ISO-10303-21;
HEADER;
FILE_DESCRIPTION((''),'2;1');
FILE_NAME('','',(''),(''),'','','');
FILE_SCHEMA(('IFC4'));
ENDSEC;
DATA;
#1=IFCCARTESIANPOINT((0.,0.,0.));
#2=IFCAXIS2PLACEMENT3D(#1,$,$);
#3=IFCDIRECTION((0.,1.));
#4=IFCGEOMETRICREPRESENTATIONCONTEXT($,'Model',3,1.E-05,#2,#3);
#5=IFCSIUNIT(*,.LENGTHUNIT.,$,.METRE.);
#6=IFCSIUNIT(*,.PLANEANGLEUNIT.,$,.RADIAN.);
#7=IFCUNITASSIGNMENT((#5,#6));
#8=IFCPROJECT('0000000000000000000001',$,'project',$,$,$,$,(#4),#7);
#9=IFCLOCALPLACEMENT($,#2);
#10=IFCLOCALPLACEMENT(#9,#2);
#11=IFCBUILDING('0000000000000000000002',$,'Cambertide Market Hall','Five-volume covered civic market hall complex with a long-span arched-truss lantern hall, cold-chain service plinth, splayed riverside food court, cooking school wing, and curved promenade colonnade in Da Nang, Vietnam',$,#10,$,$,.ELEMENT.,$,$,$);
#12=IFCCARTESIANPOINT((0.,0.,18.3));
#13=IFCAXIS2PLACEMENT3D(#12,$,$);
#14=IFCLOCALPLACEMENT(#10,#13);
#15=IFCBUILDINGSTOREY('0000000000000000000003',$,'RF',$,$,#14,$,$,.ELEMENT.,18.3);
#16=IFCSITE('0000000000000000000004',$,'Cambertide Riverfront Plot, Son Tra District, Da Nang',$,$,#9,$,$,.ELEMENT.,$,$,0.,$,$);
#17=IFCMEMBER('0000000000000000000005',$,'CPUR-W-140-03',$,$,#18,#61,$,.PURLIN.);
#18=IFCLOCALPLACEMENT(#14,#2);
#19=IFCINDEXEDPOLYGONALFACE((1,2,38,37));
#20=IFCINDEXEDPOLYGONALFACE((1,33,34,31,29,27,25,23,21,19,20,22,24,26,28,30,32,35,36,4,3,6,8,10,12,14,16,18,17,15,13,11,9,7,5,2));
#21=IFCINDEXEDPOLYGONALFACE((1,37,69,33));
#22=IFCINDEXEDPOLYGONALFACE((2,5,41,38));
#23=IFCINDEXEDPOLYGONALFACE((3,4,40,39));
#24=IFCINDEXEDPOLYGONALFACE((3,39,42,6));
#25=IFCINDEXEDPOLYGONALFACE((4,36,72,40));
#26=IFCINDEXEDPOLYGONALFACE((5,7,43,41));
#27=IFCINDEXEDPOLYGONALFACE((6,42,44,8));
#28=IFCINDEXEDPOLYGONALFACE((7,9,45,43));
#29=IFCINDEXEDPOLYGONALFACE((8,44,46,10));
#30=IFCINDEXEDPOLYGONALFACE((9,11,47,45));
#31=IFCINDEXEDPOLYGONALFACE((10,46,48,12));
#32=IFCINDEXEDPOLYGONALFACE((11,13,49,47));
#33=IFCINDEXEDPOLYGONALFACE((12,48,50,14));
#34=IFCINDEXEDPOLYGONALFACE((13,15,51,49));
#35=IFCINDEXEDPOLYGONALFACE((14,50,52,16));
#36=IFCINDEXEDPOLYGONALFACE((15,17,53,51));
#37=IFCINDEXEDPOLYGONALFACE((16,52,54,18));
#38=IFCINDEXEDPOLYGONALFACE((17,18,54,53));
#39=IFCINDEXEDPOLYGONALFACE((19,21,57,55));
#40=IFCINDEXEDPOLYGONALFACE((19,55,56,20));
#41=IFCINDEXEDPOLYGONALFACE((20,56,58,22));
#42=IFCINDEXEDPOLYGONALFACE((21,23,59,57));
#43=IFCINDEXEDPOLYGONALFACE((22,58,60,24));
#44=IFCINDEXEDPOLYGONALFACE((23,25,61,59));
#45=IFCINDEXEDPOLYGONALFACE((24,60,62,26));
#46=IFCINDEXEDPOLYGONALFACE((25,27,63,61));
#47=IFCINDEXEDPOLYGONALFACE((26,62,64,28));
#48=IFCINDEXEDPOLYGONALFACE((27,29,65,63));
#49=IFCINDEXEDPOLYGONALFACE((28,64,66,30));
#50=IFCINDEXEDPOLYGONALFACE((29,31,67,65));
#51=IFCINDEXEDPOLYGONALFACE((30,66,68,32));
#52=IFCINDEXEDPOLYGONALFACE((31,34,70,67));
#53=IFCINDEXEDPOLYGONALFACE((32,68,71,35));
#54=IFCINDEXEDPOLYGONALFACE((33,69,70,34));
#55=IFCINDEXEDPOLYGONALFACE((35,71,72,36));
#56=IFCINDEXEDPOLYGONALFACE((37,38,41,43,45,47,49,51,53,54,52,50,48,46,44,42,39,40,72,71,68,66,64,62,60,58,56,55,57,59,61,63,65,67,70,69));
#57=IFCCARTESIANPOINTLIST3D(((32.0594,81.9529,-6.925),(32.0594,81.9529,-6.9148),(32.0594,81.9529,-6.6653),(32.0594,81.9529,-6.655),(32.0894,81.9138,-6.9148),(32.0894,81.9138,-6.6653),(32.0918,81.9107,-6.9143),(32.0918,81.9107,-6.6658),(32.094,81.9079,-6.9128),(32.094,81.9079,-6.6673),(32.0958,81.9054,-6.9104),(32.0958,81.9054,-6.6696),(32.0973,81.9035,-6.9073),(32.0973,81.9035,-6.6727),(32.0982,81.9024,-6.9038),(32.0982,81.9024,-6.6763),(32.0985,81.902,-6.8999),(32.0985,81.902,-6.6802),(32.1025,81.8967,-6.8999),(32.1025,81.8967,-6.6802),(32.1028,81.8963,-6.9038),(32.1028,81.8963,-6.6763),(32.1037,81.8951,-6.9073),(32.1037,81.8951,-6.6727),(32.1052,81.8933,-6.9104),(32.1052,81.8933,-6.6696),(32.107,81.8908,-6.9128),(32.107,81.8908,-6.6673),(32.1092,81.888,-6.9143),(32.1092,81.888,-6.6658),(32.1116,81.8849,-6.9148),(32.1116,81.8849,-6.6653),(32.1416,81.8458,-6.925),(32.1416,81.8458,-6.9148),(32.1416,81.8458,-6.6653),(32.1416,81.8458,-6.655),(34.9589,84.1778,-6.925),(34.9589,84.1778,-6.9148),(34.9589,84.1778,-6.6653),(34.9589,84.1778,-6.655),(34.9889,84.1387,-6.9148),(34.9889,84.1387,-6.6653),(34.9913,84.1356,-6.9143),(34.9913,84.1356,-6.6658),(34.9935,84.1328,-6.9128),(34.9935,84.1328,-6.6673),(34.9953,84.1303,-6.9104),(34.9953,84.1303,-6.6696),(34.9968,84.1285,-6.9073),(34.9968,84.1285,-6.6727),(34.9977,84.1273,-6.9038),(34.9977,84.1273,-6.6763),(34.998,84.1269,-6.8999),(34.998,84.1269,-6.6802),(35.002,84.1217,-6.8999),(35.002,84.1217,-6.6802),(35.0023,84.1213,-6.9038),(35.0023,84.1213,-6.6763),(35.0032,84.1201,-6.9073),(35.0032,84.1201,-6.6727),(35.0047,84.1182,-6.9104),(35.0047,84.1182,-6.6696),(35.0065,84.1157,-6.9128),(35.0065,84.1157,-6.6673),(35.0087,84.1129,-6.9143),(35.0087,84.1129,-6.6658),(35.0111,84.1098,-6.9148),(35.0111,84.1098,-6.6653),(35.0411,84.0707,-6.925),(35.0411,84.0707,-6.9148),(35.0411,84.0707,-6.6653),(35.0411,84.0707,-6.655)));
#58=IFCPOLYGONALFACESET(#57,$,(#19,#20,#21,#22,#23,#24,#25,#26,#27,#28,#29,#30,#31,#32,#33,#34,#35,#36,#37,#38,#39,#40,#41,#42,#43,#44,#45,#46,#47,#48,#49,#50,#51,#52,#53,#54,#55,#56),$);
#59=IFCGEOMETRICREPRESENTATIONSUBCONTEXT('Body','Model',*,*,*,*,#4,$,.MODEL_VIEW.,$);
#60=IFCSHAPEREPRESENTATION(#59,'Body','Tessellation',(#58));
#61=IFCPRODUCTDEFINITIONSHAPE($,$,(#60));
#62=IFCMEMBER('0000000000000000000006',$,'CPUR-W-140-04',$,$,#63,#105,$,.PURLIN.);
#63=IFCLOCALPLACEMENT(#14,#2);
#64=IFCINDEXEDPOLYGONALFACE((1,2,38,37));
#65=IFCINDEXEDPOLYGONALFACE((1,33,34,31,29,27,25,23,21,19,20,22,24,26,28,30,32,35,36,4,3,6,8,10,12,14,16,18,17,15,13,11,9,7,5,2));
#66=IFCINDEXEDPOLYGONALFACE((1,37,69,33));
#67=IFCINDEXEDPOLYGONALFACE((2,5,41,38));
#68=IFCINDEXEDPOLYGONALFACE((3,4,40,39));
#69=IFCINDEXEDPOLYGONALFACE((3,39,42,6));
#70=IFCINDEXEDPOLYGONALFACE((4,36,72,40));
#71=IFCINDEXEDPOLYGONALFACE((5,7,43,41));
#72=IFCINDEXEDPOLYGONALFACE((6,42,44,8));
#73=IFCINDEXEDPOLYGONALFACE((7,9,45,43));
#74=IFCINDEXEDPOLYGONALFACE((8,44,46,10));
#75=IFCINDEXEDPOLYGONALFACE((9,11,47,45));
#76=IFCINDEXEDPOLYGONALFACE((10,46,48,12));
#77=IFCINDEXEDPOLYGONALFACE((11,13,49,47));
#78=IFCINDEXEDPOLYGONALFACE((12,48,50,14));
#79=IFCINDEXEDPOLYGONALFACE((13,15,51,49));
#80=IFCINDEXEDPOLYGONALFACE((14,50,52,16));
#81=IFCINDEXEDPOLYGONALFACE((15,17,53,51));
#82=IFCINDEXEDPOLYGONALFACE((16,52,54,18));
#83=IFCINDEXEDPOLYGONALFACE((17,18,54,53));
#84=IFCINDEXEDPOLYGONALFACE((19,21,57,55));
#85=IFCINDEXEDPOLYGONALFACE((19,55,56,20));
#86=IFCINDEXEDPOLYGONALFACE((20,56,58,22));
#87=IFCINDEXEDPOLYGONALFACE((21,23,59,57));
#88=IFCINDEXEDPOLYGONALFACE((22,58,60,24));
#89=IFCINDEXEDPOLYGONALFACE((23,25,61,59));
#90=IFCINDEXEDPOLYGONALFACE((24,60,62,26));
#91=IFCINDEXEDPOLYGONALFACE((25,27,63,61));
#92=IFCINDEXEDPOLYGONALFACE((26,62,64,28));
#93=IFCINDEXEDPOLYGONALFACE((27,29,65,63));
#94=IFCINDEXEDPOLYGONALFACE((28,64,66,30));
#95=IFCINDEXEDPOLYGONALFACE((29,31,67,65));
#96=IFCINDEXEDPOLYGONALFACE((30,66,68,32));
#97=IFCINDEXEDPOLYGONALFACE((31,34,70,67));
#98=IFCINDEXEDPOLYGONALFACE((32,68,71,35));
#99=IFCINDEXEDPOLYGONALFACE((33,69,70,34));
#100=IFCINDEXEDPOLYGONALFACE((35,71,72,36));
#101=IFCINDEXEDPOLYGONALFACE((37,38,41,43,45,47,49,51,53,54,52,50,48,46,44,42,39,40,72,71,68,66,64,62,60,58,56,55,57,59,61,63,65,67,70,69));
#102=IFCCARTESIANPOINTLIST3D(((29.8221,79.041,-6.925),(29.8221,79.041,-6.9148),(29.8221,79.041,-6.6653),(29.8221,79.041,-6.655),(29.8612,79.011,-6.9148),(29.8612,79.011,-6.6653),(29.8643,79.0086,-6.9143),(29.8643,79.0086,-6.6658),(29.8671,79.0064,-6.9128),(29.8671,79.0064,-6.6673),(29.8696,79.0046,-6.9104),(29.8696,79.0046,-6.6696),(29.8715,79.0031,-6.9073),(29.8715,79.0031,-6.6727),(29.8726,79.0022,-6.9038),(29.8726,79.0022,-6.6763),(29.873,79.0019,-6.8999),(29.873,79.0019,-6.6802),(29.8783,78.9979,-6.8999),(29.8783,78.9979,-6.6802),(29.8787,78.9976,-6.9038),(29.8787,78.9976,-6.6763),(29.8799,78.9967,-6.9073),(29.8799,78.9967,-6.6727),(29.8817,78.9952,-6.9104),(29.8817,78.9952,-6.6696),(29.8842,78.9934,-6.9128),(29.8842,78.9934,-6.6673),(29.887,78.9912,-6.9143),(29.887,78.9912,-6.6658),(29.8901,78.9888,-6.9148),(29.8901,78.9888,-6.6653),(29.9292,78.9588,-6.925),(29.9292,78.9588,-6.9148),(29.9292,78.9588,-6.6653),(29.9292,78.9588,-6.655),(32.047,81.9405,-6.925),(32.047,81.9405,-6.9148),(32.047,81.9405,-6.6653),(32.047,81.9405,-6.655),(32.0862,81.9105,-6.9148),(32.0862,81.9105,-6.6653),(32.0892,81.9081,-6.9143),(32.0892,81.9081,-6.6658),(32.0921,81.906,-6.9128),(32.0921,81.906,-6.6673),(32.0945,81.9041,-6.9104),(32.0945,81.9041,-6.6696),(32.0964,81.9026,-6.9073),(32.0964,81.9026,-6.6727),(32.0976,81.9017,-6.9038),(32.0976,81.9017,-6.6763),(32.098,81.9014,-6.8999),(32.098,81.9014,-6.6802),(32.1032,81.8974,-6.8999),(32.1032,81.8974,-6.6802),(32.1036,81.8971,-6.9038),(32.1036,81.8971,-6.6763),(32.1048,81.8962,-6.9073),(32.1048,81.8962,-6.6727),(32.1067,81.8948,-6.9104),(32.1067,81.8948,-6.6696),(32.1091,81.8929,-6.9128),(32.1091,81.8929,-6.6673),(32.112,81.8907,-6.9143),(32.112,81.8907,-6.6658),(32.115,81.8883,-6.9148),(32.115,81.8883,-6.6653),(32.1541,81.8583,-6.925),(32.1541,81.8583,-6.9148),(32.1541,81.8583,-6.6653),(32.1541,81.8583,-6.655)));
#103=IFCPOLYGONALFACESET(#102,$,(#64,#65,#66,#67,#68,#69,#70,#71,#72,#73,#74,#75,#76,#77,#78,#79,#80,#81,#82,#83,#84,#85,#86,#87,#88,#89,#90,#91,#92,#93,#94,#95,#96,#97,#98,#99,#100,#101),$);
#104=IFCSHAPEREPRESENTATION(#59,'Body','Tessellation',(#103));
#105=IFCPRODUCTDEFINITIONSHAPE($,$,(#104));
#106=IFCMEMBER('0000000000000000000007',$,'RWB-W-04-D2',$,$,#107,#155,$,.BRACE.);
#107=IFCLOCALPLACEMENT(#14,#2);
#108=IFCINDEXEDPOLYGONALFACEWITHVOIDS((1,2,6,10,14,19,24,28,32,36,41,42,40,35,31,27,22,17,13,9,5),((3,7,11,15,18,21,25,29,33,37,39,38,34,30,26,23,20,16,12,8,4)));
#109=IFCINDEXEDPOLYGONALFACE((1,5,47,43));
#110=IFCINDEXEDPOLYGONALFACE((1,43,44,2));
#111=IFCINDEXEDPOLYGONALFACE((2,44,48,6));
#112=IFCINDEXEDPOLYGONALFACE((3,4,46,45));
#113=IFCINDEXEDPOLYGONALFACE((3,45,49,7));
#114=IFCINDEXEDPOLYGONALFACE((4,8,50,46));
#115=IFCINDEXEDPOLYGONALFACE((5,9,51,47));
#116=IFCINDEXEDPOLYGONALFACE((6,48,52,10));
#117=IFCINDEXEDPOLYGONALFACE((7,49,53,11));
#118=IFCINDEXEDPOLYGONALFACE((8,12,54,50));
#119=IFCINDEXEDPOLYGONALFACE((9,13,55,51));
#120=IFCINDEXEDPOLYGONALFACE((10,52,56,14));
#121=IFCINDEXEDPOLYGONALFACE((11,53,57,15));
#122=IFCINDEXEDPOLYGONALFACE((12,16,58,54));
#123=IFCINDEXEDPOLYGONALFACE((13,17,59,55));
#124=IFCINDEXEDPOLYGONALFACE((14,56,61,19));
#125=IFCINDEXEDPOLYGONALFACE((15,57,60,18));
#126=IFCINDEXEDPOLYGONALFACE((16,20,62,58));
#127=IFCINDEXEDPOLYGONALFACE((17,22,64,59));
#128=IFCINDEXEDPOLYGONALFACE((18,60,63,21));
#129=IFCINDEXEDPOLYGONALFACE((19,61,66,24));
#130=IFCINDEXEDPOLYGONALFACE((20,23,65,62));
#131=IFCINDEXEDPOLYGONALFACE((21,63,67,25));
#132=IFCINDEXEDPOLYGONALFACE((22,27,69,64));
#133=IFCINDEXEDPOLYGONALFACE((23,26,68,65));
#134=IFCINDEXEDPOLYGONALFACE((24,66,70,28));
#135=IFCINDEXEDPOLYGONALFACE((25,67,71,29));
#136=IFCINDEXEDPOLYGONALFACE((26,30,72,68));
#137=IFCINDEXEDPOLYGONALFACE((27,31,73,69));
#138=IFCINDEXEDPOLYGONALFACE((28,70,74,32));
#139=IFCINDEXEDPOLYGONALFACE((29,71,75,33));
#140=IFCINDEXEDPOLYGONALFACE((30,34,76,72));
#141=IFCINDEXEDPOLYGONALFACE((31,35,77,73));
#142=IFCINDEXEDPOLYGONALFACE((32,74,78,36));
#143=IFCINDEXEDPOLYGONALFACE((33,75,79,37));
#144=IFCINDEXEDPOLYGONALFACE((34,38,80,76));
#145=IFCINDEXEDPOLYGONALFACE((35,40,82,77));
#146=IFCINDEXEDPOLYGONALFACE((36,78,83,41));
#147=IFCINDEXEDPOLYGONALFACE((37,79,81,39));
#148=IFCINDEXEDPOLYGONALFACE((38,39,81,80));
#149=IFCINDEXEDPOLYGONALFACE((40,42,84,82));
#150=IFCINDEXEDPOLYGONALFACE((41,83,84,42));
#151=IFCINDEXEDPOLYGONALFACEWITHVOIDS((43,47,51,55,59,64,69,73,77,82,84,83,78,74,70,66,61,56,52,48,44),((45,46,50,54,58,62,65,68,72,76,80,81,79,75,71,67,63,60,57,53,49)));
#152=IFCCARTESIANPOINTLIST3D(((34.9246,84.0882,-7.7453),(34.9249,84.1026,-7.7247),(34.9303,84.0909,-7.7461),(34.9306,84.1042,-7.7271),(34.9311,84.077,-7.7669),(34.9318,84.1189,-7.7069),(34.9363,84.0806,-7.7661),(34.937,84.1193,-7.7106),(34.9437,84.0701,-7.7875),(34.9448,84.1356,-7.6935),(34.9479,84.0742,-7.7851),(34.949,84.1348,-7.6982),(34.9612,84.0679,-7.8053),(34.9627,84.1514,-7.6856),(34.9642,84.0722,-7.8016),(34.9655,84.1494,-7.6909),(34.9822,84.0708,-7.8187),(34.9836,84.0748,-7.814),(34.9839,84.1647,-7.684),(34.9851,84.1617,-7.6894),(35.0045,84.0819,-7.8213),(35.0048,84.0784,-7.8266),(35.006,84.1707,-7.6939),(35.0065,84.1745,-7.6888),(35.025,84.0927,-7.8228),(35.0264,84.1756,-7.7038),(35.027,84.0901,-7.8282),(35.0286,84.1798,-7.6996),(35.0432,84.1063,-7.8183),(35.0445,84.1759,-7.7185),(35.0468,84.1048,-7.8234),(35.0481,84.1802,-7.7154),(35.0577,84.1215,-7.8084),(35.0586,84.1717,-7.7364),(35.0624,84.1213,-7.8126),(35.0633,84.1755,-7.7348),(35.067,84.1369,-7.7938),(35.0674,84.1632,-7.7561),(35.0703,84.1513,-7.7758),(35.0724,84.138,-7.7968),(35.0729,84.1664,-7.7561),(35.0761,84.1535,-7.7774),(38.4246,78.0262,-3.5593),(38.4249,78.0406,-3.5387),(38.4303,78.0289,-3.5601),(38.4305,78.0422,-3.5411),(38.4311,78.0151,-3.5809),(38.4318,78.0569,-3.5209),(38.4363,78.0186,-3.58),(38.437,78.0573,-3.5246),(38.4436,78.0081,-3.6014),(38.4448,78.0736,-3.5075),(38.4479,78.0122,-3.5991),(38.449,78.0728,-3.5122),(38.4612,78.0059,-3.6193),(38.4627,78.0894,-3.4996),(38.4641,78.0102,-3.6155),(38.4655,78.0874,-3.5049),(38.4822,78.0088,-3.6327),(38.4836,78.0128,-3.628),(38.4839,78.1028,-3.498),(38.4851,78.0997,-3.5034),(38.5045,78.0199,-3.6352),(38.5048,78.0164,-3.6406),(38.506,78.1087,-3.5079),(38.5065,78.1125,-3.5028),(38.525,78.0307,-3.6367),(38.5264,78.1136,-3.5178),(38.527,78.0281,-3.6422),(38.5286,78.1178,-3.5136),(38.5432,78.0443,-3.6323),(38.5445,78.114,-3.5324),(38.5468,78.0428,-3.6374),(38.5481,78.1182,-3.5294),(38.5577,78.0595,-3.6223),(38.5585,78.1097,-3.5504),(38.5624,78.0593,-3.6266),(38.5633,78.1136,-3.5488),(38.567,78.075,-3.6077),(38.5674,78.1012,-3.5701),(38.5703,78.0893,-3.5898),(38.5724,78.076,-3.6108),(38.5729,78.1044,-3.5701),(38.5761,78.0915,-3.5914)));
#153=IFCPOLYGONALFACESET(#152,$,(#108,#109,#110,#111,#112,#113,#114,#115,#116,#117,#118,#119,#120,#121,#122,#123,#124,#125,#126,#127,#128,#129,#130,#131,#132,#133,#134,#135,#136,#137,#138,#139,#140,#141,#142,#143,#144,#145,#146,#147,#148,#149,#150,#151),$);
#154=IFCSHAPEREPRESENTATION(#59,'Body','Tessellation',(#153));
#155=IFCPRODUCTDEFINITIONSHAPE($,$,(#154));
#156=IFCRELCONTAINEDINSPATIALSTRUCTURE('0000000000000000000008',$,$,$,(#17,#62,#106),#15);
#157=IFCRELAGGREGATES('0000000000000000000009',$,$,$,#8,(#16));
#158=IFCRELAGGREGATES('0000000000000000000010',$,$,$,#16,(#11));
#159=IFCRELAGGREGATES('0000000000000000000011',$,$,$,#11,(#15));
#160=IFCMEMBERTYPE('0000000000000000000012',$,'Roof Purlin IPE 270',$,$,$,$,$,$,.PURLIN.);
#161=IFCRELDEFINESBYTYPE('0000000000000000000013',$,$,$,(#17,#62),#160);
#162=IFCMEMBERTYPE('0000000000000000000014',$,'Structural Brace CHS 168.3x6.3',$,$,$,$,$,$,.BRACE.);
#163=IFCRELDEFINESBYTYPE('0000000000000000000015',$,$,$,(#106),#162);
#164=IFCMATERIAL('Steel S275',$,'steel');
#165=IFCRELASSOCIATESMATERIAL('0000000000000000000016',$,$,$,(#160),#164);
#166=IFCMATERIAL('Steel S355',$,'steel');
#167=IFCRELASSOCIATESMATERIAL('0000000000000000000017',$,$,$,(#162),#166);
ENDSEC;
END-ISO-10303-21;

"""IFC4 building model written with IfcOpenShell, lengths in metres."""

from ifc_helpers import new_model, si_unit, direction, frame, origin, origin_2d, place, context, subcontext, project, spatial, hollow_circle, i_section, extrude, material, material_profile, profile_set, type_object, element, save


model = new_model("IFC4")

# Units and contexts
model_context = context("Model", 3, precision=1e-05, world=origin(), true_north=direction((0.0, 1.0)))
body_context = subcontext(model_context, "Body", "Model", "MODEL_VIEW")
ifc_project = project(units=[si_unit("LENGTHUNIT", "METRE"), si_unit("PLANEANGLEUNIT", "RADIAN")], contexts=[model_context])

# Site, building, storey
site_placement = place(None, origin())
site = spatial("IfcSite", under=ifc_project, at=site_placement, Name="Cambertide Riverfront Plot, Son Tra District, Da Nang", CompositionType="ELEMENT", RefElevation=0.0)
building_placement = place(site_placement, origin())
building = spatial("IfcBuilding", under=site, at=building_placement, Name="Cambertide Market Hall", Description="Five-volume covered civic market hall complex with a long-span arched-truss lantern hall, cold-chain service plinth, splayed riverside food court, cooking school wing, and curved promenade colonnade in Da Nang, Vietnam", CompositionType="ELEMENT")
storey_placement = place(building_placement, frame((0.0, 0.0, 18.3)))
storey = spatial("IfcBuildingStorey", under=building, at=storey_placement, Name="RF", CompositionType="ELEMENT", Elevation=18.3)

# Members
ifc_material_1 = material(Name="Steel S275", Category="steel")
ifc_material_profile_1 = material_profile(ifc_material_1, i_section(OverallWidth=0.135, OverallDepth=0.27, WebThickness=0.0066, FlangeThickness=0.0103, FilletRadius=0.0149, at=origin_2d()), Name="IPE 270")
ifc_profile_set_1 = profile_set([ifc_material_profile_1], Name="Steel S275")
member_type_1 = type_object("IfcMemberType", Name="Roof Purlin IPE 270", PredefinedType="PURLIN", material=ifc_profile_set_1)
for number, where, z_axis, x_axis, name in (
    (1, (35.0, 84.1243, -6.79), (-0.793346, -0.608771, 0.0), (0.608771, -0.793346, 0.0), "CPUR-W-140-03"),
    (2, (32.1006, 81.8994, -6.79), (-0.608771, -0.793346, 0.0), (0.793346, -0.608771, 0.0), "CPUR-W-140-04"),
):
    element("IfcMember", number, at=place(storey_placement, frame(where, z_axis=z_axis, x_axis=x_axis)), inside=storey, type_object=member_type_1, Name=name, PredefinedType="PURLIN", context=body_context, shape_type="SweptSolid", body=[
        extrude(i_section(OverallWidth=0.135, OverallDepth=0.27, WebThickness=0.0066, FlangeThickness=0.0103, FilletRadius=0.0149, at=origin_2d()), origin(), (0.0, 0.0, 1.0), 3.6548),
    ])
ifc_material_2 = material(Name="Steel S355", Category="steel")
ifc_material_profile_2 = material_profile(ifc_material_2, hollow_circle(Radius=0.0842, WallThickness=0.0063, at=origin_2d()), Name="CHS 168.3x6.3")
ifc_profile_set_2 = profile_set([ifc_material_profile_2], Name="Steel S355")
member_type_2 = type_object("IfcMemberType", Name="Structural Brace CHS 168.3x6.3", PredefinedType="BRACE", material=ifc_profile_set_2)
member_1_placement = place(storey_placement, frame((35.0, 84.1243, -7.7561), z_axis=(0.42913, -0.743255, 0.513244), x_axis=(0.866019, 0.50001, 0.0)))
element("IfcMember", 3, at=member_1_placement, inside=storey, type_object=member_type_2, Name="RWB-W-04-D2", PredefinedType="BRACE", context=body_context, shape_type="SweptSolid", body=[
    extrude(hollow_circle(Radius=0.0842, WallThickness=0.0063, at=origin_2d()), origin(), (0.0, 0.0, 1.0), 8.156),
])

save(model, "model.ifc")
